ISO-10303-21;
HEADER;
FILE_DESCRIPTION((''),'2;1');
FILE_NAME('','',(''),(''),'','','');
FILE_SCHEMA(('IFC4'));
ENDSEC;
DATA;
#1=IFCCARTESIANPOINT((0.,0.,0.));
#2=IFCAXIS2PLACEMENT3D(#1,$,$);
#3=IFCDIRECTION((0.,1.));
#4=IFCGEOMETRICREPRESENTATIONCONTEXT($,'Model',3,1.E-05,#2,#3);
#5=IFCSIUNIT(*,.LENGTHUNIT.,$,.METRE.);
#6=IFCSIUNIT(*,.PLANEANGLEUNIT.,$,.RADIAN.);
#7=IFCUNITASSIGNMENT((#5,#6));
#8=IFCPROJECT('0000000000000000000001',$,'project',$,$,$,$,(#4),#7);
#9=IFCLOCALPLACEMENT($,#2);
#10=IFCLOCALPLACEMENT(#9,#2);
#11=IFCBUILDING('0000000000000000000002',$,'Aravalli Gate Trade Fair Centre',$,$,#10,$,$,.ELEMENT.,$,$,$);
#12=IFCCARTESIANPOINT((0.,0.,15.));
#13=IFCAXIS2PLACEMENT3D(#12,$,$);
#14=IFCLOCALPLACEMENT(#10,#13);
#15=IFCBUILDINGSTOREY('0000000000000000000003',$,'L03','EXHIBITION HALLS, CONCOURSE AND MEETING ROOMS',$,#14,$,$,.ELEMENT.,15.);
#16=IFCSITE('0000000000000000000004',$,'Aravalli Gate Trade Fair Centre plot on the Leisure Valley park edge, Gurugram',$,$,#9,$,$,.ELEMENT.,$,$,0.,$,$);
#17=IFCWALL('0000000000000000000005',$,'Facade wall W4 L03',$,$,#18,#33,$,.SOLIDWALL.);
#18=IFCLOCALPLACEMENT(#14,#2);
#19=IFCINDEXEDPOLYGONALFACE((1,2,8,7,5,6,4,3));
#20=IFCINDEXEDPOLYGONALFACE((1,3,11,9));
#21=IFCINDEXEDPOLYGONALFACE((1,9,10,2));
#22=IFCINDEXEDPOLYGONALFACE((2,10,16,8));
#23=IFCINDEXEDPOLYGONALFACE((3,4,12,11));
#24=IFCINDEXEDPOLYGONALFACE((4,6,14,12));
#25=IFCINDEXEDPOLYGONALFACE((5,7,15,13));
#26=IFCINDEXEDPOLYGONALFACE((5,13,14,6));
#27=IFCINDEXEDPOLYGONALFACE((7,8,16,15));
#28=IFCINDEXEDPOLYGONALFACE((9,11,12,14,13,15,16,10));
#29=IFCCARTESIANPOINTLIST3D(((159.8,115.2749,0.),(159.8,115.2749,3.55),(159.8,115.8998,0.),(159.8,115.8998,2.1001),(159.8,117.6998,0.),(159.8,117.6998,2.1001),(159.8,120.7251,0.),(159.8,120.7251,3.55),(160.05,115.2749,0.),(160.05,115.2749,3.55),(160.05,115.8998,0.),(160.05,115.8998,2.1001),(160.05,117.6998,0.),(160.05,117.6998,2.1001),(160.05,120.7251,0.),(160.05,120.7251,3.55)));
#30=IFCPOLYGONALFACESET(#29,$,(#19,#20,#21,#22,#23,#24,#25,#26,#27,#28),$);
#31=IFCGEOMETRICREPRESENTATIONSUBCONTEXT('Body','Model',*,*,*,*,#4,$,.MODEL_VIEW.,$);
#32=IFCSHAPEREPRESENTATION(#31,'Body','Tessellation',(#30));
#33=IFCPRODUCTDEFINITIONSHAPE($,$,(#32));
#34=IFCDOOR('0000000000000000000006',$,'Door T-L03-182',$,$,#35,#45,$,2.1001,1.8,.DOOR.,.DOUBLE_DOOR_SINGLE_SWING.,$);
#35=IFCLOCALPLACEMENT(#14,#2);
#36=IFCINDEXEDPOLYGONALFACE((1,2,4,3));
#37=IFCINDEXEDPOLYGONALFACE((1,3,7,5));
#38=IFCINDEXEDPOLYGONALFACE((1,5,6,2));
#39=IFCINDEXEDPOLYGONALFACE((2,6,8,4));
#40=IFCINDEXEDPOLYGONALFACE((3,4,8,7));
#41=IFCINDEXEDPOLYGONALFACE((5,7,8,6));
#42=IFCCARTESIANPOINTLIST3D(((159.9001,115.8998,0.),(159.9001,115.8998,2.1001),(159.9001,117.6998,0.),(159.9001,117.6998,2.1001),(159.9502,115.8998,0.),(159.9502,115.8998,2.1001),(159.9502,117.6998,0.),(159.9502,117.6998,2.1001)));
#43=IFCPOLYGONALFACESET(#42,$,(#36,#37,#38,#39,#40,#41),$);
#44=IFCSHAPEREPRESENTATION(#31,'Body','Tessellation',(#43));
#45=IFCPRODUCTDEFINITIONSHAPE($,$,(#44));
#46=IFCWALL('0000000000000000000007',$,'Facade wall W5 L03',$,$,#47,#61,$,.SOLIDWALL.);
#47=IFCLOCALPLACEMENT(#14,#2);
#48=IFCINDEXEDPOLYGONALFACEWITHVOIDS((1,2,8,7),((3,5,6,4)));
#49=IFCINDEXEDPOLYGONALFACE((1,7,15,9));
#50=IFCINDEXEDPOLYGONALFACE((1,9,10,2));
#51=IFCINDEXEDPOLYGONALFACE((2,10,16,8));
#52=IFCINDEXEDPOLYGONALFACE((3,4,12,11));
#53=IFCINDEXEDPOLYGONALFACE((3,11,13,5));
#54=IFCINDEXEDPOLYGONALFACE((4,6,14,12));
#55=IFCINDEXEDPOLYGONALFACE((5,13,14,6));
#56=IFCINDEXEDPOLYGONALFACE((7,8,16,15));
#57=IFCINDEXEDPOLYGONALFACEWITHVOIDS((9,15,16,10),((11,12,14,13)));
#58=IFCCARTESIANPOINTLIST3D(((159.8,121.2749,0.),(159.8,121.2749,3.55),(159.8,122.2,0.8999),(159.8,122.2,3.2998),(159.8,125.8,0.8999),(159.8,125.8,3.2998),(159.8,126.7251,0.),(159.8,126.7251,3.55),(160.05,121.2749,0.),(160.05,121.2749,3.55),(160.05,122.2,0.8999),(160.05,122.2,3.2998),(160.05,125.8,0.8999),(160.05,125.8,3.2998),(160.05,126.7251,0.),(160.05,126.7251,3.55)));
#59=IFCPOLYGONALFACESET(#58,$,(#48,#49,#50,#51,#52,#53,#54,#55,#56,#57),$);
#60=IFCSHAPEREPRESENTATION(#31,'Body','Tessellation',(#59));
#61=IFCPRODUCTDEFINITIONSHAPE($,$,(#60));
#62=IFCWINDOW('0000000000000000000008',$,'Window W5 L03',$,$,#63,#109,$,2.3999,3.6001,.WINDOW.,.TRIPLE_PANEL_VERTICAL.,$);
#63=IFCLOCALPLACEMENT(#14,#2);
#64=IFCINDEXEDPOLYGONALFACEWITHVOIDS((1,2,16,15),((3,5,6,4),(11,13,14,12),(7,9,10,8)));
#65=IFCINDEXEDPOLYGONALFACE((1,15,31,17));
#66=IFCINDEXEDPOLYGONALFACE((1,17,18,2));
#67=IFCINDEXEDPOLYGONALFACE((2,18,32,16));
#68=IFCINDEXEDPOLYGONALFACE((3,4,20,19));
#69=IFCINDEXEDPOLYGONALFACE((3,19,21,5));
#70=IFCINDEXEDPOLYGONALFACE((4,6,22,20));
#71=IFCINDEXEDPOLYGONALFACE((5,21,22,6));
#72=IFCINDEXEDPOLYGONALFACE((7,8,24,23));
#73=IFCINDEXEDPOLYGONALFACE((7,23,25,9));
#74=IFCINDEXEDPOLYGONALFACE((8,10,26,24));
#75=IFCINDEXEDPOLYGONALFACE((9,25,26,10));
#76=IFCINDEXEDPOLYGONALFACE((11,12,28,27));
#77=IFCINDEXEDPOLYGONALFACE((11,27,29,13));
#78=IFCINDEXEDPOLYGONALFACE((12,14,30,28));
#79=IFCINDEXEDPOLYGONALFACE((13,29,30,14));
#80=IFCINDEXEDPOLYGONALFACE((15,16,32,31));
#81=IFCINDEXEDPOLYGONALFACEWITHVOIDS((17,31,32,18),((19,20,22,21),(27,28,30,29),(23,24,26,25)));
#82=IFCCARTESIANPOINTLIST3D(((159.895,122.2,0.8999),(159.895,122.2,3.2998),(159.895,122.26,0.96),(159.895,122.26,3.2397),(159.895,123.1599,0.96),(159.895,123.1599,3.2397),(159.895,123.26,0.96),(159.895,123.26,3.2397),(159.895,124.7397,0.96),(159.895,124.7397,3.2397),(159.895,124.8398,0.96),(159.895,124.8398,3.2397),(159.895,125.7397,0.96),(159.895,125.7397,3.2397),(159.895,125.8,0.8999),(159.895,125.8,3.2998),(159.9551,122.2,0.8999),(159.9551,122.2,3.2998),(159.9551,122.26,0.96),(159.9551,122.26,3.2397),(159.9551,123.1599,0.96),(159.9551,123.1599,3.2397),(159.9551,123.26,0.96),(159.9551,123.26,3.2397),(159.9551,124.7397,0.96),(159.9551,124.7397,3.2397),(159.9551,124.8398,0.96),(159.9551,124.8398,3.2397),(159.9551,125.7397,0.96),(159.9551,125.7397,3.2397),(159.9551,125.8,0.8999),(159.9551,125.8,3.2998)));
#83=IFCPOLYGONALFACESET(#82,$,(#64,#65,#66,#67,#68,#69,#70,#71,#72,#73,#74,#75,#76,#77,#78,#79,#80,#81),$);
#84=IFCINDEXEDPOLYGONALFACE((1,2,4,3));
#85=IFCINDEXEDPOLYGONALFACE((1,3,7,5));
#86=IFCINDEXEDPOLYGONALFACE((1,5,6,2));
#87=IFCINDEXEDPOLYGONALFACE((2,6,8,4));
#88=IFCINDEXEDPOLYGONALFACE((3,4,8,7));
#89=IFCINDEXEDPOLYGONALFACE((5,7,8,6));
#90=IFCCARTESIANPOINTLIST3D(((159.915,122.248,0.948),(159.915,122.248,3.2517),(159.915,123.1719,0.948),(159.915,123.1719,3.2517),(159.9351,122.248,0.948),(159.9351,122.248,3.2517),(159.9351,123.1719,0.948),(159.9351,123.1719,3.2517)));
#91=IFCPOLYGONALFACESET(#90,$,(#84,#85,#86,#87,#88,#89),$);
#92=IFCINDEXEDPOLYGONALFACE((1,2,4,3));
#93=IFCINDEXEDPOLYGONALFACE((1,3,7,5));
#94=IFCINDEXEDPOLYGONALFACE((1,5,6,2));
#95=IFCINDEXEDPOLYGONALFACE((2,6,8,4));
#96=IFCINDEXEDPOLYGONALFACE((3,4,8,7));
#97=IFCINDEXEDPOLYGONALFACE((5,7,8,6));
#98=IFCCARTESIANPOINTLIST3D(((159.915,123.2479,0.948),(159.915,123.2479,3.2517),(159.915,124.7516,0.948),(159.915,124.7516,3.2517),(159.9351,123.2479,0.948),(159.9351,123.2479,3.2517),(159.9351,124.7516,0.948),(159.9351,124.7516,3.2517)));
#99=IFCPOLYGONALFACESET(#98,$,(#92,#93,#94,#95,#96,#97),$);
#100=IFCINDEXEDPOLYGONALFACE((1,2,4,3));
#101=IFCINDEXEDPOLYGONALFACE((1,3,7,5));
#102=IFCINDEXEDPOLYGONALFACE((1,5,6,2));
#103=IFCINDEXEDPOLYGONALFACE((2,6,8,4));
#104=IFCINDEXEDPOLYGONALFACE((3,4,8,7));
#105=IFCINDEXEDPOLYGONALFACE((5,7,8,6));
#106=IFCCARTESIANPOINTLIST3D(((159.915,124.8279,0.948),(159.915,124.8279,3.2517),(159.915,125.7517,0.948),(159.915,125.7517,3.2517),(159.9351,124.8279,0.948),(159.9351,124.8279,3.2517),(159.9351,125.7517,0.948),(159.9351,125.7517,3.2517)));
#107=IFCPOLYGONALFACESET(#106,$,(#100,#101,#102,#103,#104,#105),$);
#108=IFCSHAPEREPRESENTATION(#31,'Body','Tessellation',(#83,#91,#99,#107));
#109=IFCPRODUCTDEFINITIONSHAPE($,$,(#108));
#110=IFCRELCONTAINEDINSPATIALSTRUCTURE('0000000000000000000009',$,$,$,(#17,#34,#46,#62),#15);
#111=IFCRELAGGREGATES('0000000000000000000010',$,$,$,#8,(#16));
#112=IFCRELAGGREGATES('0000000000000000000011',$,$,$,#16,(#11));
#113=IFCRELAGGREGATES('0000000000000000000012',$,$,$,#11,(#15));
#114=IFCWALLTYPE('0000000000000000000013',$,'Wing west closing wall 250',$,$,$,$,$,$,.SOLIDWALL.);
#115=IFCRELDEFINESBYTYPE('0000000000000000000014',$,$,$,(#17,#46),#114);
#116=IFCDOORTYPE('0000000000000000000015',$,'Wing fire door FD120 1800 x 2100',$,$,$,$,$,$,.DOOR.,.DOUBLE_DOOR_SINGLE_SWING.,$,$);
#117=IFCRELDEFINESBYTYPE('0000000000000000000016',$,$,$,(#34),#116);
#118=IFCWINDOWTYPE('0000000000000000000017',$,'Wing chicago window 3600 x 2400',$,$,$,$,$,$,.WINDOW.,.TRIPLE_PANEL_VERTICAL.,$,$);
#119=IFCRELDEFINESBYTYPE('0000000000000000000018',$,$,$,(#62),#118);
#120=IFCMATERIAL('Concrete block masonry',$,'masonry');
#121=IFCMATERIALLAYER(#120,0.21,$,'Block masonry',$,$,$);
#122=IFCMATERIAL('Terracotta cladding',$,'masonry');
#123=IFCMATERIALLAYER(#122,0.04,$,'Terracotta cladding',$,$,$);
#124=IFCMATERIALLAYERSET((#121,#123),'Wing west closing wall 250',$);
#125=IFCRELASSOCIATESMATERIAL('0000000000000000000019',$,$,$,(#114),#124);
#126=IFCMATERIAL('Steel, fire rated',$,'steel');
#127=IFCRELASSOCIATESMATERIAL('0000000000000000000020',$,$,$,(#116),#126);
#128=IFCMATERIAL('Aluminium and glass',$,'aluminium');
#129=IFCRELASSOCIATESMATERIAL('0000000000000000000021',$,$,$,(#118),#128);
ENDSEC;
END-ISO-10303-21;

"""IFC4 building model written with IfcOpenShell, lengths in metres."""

from ifc_helpers import new_model, si_unit, direction, frame, frame_2d, origin, place, context, subcontext, project, spatial, polyline, rectangle, outline, extrude, material, layer, layer_set, type_object, element, fill, save


model = new_model("IFC4")

# Units and contexts
model_context = context("Model", 3, precision=1e-05, world=origin(), true_north=direction((0.0, 1.0)))
body_context = subcontext(model_context, "Body", "Model", "MODEL_VIEW")
ifc_project = project(units=[si_unit("LENGTHUNIT", "METRE"), si_unit("PLANEANGLEUNIT", "RADIAN")], contexts=[model_context])

# Site, building, storey
site_placement = place(None, origin())
site = spatial("IfcSite", under=ifc_project, at=site_placement, Name="Aravalli Gate Trade Fair Centre plot on the Leisure Valley park edge, Gurugram", CompositionType="ELEMENT", RefElevation=0.0)
building_placement = place(site_placement, origin())
building = spatial("IfcBuilding", under=site, at=building_placement, Name="Aravalli Gate Trade Fair Centre", CompositionType="ELEMENT")
storey_placement = place(building_placement, frame((0.0, 0.0, 15.0)))
storey = spatial("IfcBuildingStorey", under=building, at=storey_placement, Name="L03", Description="EXHIBITION HALLS, CONCOURSE AND MEETING ROOMS", CompositionType="ELEMENT", Elevation=15.0)

# Shared definitions
ifc_material_1 = material(Name="Steel, fire rated", Category="steel")

# Wall, opening, door
ifc_material_2 = material(Name="Concrete block masonry", Category="masonry")
ifc_layer_1 = layer(ifc_material_2, 0.21, Name="Block masonry")
ifc_material_3 = material(Name="Terracotta cladding", Category="masonry")
ifc_layer_2 = layer(ifc_material_3, 0.04, Name="Terracotta cladding")
ifc_layer_set_1 = layer_set([ifc_layer_1, ifc_layer_2], Name="Wing west closing wall 250")
wall_type_1 = type_object("IfcWallType", Name="Wing west closing wall 250", PredefinedType="SOLIDWALL", material=ifc_layer_set_1)
wall_1_placement = place(storey_placement, frame((159.925, 115.2749, 0.0), z_axis=(0.0, 0.0, 1.0), x_axis=(0.0, 1.0, 0.0)))
wall_1 = element("IfcWall", 1, at=wall_1_placement, inside=storey, type_object=wall_type_1, Name="Facade wall W4 L03", PredefinedType="SOLIDWALL", context=body_context, shape_type="SweptSolid", body=[
    extrude(rectangle(XDim=5.4502, YDim=0.25, at=frame_2d((2.7251, 0.0))), origin(), (0.0, 0.0, 1.0), 3.55),
])
opening_1_placement = place(wall_1_placement, frame((0.625, 0.0, 0.0)))
opening_1 = element("IfcOpeningElement", 2, at=opening_1_placement, cuts=wall_1, PredefinedType="OPENING", context=body_context, shape_type="SweptSolid", body=[
    extrude(rectangle(XDim=1.8, YDim=2.1001, at=frame_2d((0.8999, 1.05))), frame((0.0, 0.135, 0.0), z_axis=(0.0, -1.0, 0.0), x_axis=(1.0, 0.0, 0.0)), (0.0, 0.0, 1.0), 0.27),
])
door_type_1 = type_object("IfcDoorType", Name="Wing fire door FD120 1800 x 2100", OperationType="DOUBLE_DOOR_SINGLE_SWING", PredefinedType="DOOR", material=ifc_material_1)
door_1_placement = place(opening_1_placement, origin())
door_1 = element("IfcDoor", 3, at=door_1_placement, inside=storey, type_object=door_type_1, Name="Door T-L03-182", OperationType="DOUBLE_DOOR_SINGLE_SWING", OverallHeight=2.1001, OverallWidth=1.8, PredefinedType="DOOR", context=body_context, shape_type="SweptSolid", body=[
    extrude(rectangle(XDim=1.8, YDim=2.1001, at=frame_2d((0.8999, 1.05))), frame((0.0, 0.0249, 0.0), z_axis=(0.0, -1.0, 0.0), x_axis=(1.0, 0.0, 0.0)), (0.0, 0.0, 1.0), 0.05),
])
fill(opening_1, door_1)

# Wall, opening, window
wall_2_placement = place(storey_placement, frame((159.925, 121.2749, 0.0), z_axis=(0.0, 0.0, 1.0), x_axis=(0.0, 1.0, 0.0)))
wall_2 = element("IfcWall", 4, at=wall_2_placement, inside=storey, type_object=wall_type_1, Name="Facade wall W5 L03", PredefinedType="SOLIDWALL", context=body_context, shape_type="SweptSolid", body=[
    extrude(rectangle(XDim=5.4502, YDim=0.25, at=frame_2d((2.7251, 0.0))), origin(), (0.0, 0.0, 1.0), 3.55),
])
opening_2_placement = place(wall_2_placement, frame((0.925, 0.0, 0.8999)))
opening_2 = element("IfcOpeningElement", 5, at=opening_2_placement, cuts=wall_2, PredefinedType="OPENING", context=body_context, shape_type="SweptSolid", body=[
    extrude(rectangle(XDim=3.6001, YDim=2.3999, at=frame_2d((1.8, 1.2))), frame((0.0, 0.135, 0.0), z_axis=(0.0, -1.0, 0.0), x_axis=(1.0, 0.0, 0.0)), (0.0, 0.0, 1.0), 0.27),
])
ifc_material_4 = material(Name="Aluminium and glass", Category="aluminium")
window_type = type_object("IfcWindowType", Name="Wing chicago window 3600 x 2400", PartitioningType="TRIPLE_PANEL_VERTICAL", PredefinedType="WINDOW", material=ifc_material_4)
window_placement = place(opening_2_placement, origin())
window = element("IfcWindow", 6, at=window_placement, inside=storey, type_object=window_type, Name="Window W5 L03", OverallHeight=2.3999, OverallWidth=3.6001, PartitioningType="TRIPLE_PANEL_VERTICAL", PredefinedType="WINDOW", context=body_context, shape_type="SweptSolid", body=[
    extrude(outline(polyline([(0.0, 0.0), (3.6001, 0.0), (3.6001, 2.3999), (0.0, 2.3999), (0.0, 0.0)]), holes=[polyline([(0.0601, 0.0601), (0.96, 0.0601), (0.96, 2.3398), (0.0601, 2.3398), (0.0601, 0.0601)]), polyline([(1.0601, 0.0601), (2.5398, 0.0601), (2.5398, 2.3398), (1.0601, 2.3398), (1.0601, 0.0601)]), polyline([(2.6399, 0.0601), (3.5398, 0.0601), (3.5398, 2.3398), (2.6399, 2.3398), (2.6399, 0.0601)])]), frame((0.0, 0.03, 0.0), z_axis=(0.0, -1.0, 0.0), x_axis=(1.0, 0.0, 0.0)), (0.0, 0.0, 1.0), 0.0601),
    extrude(rectangle(XDim=0.9238, YDim=2.3037, at=frame_2d((0.51, 1.2))), frame((0.0, 0.01, 0.0), z_axis=(0.0, -1.0, 0.0), x_axis=(1.0, 0.0, 0.0)), (0.0, 0.0, 1.0), 0.02),
    extrude(rectangle(XDim=1.5037, YDim=2.3037, at=frame_2d((1.7998, 1.2))), frame((0.0, 0.01, 0.0), z_axis=(0.0, -1.0, 0.0), x_axis=(1.0, 0.0, 0.0)), (0.0, 0.0, 1.0), 0.02),
    extrude(rectangle(XDim=0.9238, YDim=2.3037, at=frame_2d((3.0898, 1.2))), frame((0.0, 0.01, 0.0), z_axis=(0.0, -1.0, 0.0), x_axis=(1.0, 0.0, 0.0)), (0.0, 0.0, 1.0), 0.02),
])
fill(opening_2, window)

save(model, "model.ifc")
